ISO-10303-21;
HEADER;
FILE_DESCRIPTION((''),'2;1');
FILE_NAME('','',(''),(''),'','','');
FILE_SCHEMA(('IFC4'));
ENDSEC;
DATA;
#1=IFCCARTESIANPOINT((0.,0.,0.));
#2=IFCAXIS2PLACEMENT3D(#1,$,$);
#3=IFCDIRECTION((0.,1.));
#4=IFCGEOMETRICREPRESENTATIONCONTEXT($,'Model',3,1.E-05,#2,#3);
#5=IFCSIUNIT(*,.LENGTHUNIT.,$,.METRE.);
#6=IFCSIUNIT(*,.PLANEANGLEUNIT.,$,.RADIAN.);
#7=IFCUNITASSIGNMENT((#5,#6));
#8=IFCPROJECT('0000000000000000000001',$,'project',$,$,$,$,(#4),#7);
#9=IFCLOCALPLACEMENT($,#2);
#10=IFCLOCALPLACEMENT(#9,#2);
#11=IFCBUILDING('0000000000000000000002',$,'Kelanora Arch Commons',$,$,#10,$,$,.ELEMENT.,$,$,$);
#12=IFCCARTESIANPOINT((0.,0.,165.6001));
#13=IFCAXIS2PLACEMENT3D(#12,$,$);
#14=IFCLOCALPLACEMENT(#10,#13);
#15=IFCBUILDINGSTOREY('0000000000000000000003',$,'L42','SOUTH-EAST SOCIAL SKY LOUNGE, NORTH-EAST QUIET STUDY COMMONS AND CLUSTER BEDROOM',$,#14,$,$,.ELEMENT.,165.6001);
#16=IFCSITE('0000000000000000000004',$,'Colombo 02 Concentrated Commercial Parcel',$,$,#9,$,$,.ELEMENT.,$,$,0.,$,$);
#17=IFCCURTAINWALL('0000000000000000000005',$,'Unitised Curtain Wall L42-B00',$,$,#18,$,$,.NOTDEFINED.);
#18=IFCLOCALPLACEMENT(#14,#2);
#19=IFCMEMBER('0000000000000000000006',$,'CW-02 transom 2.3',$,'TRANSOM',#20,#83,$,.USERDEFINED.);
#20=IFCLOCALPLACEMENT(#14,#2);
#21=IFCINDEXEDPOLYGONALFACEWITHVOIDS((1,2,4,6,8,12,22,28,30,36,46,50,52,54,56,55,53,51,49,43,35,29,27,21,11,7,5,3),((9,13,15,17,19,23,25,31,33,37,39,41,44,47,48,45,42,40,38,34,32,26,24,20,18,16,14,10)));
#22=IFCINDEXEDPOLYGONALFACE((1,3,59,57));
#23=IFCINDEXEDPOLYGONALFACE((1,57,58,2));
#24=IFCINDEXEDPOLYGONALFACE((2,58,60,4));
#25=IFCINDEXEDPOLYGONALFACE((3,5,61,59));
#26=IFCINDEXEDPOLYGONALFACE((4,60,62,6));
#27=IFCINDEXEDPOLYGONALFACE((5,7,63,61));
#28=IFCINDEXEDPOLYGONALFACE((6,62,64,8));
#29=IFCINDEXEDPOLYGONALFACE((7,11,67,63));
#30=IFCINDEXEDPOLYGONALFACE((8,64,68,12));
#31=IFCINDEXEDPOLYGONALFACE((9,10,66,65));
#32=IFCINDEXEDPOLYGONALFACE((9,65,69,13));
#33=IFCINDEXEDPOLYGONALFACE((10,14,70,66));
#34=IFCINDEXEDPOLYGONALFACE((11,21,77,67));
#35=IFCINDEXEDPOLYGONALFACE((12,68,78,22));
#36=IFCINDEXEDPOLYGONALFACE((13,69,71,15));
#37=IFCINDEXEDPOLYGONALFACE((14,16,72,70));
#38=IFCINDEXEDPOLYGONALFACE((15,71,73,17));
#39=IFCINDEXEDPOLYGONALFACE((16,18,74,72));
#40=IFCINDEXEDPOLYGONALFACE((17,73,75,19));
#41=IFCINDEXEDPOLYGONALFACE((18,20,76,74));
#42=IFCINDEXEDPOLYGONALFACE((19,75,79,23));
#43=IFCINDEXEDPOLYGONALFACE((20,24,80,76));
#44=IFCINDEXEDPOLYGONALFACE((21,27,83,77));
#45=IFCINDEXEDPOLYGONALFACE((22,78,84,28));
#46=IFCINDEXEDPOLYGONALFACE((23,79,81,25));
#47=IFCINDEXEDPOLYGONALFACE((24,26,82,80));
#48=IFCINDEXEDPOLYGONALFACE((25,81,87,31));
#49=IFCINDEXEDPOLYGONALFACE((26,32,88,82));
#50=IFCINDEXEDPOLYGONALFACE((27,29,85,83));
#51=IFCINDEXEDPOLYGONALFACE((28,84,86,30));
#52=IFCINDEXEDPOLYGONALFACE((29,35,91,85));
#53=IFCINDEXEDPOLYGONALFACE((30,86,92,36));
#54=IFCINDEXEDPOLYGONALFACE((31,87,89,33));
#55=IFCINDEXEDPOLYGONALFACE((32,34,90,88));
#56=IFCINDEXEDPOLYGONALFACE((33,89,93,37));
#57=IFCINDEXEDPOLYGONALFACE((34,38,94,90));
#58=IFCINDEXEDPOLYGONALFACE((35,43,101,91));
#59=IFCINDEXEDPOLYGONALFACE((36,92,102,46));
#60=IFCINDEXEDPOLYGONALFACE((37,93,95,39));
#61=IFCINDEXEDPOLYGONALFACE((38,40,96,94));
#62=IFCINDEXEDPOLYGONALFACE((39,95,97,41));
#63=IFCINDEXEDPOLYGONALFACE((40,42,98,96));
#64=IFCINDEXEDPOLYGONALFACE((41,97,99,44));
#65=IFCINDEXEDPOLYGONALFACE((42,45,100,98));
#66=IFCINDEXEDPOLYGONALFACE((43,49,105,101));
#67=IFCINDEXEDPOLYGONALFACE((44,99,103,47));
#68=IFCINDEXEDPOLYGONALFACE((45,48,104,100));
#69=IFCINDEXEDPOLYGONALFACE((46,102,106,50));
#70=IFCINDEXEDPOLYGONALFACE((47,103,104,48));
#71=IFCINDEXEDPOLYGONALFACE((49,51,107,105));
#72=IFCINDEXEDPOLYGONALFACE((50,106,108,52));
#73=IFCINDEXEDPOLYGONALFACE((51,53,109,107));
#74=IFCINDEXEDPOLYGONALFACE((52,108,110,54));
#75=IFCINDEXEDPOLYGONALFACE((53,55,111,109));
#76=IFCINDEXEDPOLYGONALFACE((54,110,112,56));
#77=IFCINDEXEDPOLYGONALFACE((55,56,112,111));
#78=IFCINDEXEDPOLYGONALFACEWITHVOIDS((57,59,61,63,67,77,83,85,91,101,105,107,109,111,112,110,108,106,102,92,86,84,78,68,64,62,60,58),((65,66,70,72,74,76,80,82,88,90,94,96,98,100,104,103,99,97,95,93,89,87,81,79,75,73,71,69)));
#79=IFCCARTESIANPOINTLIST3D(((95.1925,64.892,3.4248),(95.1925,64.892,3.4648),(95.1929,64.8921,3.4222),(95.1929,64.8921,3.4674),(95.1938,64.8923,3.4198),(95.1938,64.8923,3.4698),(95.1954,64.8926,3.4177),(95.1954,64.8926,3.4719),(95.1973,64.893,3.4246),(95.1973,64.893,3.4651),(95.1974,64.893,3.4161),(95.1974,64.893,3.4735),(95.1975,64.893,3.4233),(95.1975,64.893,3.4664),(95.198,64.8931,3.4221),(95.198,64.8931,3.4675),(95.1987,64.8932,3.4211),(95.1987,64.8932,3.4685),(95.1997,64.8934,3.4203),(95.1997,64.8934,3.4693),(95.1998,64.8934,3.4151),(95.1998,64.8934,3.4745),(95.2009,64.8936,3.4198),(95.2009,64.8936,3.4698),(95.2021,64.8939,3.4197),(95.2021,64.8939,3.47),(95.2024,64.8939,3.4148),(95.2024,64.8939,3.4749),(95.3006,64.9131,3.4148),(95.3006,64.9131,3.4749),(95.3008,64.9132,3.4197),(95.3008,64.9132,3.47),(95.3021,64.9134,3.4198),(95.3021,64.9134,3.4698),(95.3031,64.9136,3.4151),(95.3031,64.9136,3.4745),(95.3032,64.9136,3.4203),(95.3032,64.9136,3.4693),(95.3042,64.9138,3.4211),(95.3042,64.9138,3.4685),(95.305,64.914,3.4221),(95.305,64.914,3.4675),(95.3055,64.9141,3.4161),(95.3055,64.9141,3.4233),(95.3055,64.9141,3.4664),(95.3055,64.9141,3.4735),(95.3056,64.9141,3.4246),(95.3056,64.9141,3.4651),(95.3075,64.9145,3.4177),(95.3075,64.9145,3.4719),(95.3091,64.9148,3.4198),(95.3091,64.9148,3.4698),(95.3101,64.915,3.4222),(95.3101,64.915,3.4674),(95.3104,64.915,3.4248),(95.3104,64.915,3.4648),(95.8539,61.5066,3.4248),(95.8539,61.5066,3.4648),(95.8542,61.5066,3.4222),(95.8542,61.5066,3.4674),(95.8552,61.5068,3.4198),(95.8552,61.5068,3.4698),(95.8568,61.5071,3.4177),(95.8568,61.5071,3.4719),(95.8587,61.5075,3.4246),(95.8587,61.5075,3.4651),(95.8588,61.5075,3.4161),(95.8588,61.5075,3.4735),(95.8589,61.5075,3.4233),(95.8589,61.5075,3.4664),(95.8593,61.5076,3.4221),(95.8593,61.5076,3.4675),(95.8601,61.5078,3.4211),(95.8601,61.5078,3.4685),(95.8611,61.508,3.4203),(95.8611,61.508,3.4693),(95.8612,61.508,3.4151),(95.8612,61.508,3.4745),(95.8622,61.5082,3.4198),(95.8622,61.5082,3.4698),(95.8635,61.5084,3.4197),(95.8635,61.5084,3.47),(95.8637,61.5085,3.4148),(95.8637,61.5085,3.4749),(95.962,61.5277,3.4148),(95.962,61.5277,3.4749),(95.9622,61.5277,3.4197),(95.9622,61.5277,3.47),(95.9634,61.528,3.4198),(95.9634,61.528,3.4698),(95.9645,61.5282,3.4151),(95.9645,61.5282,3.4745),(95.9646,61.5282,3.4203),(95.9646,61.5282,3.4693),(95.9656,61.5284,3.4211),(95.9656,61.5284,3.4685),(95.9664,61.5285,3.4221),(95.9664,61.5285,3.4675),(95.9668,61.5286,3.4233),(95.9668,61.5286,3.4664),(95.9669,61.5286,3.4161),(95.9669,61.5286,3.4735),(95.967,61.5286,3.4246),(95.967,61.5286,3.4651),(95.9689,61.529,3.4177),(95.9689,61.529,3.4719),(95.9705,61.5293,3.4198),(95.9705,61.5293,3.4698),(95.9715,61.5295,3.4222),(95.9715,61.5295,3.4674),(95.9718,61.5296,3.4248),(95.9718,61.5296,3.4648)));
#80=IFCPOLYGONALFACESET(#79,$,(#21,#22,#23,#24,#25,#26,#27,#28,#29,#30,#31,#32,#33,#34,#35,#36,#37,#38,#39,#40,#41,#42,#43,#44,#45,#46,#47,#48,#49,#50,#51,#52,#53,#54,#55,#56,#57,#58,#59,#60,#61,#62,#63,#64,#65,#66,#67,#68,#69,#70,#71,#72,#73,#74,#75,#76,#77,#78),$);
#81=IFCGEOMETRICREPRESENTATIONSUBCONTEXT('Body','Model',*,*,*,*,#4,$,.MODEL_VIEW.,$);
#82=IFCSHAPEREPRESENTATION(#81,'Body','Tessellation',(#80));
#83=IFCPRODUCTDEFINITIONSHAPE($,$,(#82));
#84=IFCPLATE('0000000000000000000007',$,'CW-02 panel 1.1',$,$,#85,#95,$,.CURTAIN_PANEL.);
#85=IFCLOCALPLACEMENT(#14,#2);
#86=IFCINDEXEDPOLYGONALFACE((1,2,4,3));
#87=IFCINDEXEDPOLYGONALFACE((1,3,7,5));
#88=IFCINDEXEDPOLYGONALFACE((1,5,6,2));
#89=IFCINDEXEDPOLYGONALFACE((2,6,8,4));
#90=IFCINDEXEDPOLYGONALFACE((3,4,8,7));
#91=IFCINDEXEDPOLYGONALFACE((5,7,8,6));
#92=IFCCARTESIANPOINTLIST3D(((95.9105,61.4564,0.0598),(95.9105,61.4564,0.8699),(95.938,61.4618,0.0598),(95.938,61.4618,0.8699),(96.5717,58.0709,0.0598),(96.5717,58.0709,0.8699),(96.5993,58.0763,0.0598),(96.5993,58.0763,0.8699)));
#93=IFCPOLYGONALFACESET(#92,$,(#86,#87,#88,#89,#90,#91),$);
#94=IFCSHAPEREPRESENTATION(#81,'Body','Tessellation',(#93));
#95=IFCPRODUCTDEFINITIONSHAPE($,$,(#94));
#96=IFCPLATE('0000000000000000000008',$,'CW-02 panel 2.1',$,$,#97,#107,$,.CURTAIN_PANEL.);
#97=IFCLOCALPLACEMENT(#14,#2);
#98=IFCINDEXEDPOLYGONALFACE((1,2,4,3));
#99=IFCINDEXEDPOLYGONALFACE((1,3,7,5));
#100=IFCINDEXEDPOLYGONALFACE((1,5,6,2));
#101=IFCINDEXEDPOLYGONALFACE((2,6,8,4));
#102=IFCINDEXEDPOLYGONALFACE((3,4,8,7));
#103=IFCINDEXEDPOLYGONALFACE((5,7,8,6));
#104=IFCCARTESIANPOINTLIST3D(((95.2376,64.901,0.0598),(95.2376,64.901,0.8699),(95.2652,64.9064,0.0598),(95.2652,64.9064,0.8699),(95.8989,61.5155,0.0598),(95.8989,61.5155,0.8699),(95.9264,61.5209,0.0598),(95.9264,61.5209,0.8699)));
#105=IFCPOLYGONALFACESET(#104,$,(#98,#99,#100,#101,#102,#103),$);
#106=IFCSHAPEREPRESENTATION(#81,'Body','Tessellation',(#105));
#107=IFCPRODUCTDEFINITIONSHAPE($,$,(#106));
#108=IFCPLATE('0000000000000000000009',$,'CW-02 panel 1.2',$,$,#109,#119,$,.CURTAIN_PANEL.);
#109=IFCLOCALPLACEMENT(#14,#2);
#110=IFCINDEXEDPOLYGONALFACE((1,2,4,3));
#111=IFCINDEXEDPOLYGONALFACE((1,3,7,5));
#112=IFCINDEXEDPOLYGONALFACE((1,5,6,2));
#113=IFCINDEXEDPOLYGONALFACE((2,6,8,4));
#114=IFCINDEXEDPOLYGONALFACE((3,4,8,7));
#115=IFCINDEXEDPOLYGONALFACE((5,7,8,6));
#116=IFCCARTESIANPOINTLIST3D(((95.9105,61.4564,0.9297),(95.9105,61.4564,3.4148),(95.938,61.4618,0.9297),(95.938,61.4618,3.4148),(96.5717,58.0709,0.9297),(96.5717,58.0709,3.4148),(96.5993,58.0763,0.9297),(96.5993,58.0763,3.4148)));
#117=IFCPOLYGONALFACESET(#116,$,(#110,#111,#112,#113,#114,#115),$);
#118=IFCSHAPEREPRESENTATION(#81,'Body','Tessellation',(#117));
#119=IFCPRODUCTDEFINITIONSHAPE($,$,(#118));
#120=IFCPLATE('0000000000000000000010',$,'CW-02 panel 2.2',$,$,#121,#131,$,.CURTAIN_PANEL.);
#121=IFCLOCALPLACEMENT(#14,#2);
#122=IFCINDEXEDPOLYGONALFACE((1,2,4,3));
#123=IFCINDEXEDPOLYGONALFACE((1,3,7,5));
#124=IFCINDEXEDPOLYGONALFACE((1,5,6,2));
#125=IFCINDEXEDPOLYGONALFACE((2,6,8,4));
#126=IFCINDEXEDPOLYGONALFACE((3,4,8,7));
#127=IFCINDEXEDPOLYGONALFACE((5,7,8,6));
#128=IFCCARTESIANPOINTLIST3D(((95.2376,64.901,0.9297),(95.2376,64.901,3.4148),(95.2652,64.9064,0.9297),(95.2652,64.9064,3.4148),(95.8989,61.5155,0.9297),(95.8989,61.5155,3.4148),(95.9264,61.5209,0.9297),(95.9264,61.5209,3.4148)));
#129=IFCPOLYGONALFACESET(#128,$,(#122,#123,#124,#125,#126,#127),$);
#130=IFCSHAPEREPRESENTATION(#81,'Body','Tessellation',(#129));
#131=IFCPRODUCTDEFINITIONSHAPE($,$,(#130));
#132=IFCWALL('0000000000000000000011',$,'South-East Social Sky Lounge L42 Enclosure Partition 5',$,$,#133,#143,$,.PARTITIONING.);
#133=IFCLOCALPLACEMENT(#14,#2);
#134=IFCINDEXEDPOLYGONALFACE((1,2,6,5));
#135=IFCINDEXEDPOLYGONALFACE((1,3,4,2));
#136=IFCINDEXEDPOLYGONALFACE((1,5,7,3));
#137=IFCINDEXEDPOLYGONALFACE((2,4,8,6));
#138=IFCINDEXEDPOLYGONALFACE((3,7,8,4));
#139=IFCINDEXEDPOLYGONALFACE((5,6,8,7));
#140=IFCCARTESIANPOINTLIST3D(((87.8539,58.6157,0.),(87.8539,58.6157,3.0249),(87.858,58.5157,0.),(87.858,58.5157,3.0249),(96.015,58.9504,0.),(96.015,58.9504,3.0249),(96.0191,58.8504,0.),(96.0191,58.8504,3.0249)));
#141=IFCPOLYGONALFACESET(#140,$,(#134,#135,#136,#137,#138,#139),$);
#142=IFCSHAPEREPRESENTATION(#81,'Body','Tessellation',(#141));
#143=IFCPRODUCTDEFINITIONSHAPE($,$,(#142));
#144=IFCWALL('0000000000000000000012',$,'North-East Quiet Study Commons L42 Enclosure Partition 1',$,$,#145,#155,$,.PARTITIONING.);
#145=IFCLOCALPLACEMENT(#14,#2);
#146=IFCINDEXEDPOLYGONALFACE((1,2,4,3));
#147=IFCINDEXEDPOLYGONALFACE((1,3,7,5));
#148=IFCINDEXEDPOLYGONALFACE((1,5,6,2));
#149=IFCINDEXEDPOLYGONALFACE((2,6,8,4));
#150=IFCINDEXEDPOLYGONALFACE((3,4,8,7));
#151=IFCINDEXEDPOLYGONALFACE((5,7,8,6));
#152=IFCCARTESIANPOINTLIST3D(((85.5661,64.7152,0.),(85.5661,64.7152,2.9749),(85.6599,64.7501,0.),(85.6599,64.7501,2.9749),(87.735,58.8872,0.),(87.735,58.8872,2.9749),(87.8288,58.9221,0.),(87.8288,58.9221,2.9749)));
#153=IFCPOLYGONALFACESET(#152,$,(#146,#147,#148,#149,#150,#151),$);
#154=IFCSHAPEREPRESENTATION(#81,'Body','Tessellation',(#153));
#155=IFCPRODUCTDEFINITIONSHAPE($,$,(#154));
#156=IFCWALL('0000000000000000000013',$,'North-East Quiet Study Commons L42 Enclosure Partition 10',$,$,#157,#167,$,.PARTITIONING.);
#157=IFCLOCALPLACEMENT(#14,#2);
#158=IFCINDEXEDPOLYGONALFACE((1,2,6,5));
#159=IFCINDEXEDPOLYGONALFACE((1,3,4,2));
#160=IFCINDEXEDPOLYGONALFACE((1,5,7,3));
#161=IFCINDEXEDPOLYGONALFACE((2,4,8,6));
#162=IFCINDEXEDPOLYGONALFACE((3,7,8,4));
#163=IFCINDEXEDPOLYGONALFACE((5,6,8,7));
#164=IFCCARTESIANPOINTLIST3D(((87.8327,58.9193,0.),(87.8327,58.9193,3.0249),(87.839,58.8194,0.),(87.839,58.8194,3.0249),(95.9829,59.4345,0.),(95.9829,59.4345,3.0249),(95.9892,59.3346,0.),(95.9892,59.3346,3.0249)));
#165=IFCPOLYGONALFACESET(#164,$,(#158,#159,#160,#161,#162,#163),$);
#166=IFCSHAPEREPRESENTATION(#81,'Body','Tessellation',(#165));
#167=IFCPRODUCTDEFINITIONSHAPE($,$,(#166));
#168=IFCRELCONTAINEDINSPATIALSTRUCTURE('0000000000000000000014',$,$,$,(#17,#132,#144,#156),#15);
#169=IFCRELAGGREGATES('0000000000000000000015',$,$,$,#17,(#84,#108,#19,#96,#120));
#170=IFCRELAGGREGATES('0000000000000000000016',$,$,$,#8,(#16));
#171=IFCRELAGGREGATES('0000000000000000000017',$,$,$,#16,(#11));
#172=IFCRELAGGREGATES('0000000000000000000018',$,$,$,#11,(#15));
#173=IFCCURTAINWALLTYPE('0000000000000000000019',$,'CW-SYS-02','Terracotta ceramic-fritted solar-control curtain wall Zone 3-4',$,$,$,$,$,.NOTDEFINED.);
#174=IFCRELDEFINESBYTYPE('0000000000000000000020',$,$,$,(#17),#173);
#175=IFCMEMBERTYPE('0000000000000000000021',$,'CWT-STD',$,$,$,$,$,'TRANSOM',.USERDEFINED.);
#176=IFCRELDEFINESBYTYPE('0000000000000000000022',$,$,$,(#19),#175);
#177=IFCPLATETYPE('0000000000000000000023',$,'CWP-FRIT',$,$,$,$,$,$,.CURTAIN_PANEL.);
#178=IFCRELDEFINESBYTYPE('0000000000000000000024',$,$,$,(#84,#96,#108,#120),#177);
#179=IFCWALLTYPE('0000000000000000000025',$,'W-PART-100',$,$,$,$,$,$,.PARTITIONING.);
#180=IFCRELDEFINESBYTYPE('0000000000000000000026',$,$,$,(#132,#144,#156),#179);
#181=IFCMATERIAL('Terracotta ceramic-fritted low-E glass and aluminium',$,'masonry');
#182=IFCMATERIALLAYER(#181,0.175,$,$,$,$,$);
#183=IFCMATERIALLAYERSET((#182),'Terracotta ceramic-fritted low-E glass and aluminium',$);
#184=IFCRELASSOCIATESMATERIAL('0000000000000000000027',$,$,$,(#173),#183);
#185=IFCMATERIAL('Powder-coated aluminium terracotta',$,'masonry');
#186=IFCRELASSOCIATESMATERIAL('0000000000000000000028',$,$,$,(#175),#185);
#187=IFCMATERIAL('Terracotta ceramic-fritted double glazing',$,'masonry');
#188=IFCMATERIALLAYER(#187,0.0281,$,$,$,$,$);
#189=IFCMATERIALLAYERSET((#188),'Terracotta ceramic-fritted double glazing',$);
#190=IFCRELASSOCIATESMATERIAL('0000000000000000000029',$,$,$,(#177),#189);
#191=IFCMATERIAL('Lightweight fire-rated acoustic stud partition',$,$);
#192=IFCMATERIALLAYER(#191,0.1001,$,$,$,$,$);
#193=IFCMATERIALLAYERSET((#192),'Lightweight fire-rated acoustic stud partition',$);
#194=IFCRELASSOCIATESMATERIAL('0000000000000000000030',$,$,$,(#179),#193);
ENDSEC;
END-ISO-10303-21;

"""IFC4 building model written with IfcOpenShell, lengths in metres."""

from ifc_helpers import new_model, si_unit, direction, frame, frame_2d, origin, origin_2d, place, context, subcontext, project, spatial, rectangle, hollow_rectangle, extrude, source, transform, mapped, material, layer, layer_set, material_profile, profile_set, type_object, element, aggregate, save


model = new_model("IFC4")

# Units and contexts
model_context = context("Model", 3, precision=1e-05, world=origin(), true_north=direction((0.0, 1.0)))
body_context = subcontext(model_context, "Body", "Model", "MODEL_VIEW")
ifc_project = project(units=[si_unit("LENGTHUNIT", "METRE"), si_unit("PLANEANGLEUNIT", "RADIAN")], contexts=[model_context])

# Site, building, storey
site_placement = place(None, origin())
site = spatial("IfcSite", under=ifc_project, at=site_placement, Name="Colombo 02 Concentrated Commercial Parcel", CompositionType="ELEMENT", RefElevation=0.0)
building_placement = place(site_placement, origin())
building = spatial("IfcBuilding", under=site, at=building_placement, Name="Kelanora Arch Commons", CompositionType="ELEMENT")
storey_placement = place(building_placement, frame((0.0, 0.0, 165.6001)))
storey = spatial("IfcBuildingStorey", under=building, at=storey_placement, Name="L42", Description="SOUTH-EAST SOCIAL SKY LOUNGE, NORTH-EAST QUIET STUDY COMMONS AND CLUSTER BEDROOM", CompositionType="ELEMENT", Elevation=165.6001)

# Curtain wall, member, plates
ifc_material_1 = material(Name="Terracotta ceramic-fritted low-E glass and aluminium", Category="masonry")
ifc_layer_1 = layer(ifc_material_1, 0.175)
ifc_layer_set_1 = layer_set([ifc_layer_1], Name="Terracotta ceramic-fritted low-E glass and aluminium")
curtain_wall_type = type_object("IfcCurtainWallType", Name="CW-SYS-02", Description="Terracotta ceramic-fritted solar-control curtain wall Zone 3-4", PredefinedType="NOTDEFINED", material=ifc_layer_set_1)
curtain_wall_placement = place(storey_placement, origin())
curtain_wall = element("IfcCurtainWall", 1, at=curtain_wall_placement, inside=storey, type_object=curtain_wall_type, Name="Unitised Curtain Wall L42-B00", PredefinedType="NOTDEFINED")
ifc_material_2 = material(Name="Powder-coated aluminium terracotta", Category="masonry")
ifc_material_profile_1 = material_profile(ifc_material_2, hollow_rectangle(XDim=0.1201, YDim=0.0601, WallThickness=0.0049, InnerFilletRadius=0.0049, OuterFilletRadius=0.01, at=origin_2d()), Name="CWT120x60")
ifc_profile_set_1 = profile_set([ifc_material_profile_1], Name="Powder-coated aluminium terracotta")
member_type_1 = type_object("IfcMemberType", Name="CWT-STD", ElementType="TRANSOM", PredefinedType="USERDEFINED", material=ifc_profile_set_1)
member_1_placement = place(storey_placement, frame((95.9128, 61.5181, 3.4448), z_axis=(-0.191732, 0.981447, 0.0), x_axis=(-0.981447, -0.191732, 0.0)))
member_1 = element("IfcMember", 2, at=member_1_placement, type_object=member_type_1, Name="CW-02 transom 2.3", ObjectType="TRANSOM", PredefinedType="USERDEFINED", context=body_context, shape_type="SweptSolid", body=[
    extrude(hollow_rectangle(XDim=0.1201, YDim=0.0601, WallThickness=0.0049, InnerFilletRadius=0.0049, OuterFilletRadius=0.01, at=origin_2d()), origin(), (0.0, 0.0, 1.0), 3.4495),
])
ifc_material_3 = material(Name="Terracotta ceramic-fritted double glazing", Category="masonry")
ifc_layer_2 = layer(ifc_material_3, 0.0281)
ifc_layer_set_2 = layer_set([ifc_layer_2], Name="Terracotta ceramic-fritted double glazing")
plate_type = type_object("IfcPlateType", Name="CWP-FRIT", PredefinedType="CURTAIN_PANEL", material=ifc_layer_set_2)
shared_shape_1 = source(origin(), body_context, "Body", "SweptSolid", [
    extrude(rectangle(XDim=3.4495, YDim=0.0281, at=origin_2d()), origin(), (0.0, 0.0, 1.0), 0.8101),
])
plate_1_placement = place(storey_placement, frame((96.2549, 59.7664, 0.0598), z_axis=(0.0, 0.0, 1.0), x_axis=(-0.191705, 0.981453, 0.0)))
plate_1 = element("IfcPlate", 3, at=plate_1_placement, type_object=plate_type, Name="CW-02 panel 1.1", PredefinedType="CURTAIN_PANEL", context=body_context, shape_type="MappedRepresentation", body=[
    mapped(shared_shape_1, transform((0.0, 0.0, 0.0), scale=1.0)),
])
plate_2_placement = place(storey_placement, frame((95.582, 63.2109, 0.0598), z_axis=(0.0, 0.0, 1.0), x_axis=(-0.191705, 0.981453, 0.0)))
plate_2 = element("IfcPlate", 4, at=plate_2_placement, type_object=plate_type, Name="CW-02 panel 2.1", PredefinedType="CURTAIN_PANEL", context=body_context, shape_type="MappedRepresentation", body=[
    mapped(shared_shape_1, transform((0.0, 0.0, 0.0), scale=1.0)),
])
shared_shape_2 = source(origin(), body_context, "Body", "SweptSolid", [
    extrude(rectangle(XDim=3.4495, YDim=0.0281, at=origin_2d()), origin(), (0.0, 0.0, 1.0), 2.4851),
])
plate_3_placement = place(storey_placement, frame((96.2549, 59.7664, 0.9297), z_axis=(0.0, 0.0, 1.0), x_axis=(-0.191705, 0.981453, 0.0)))
plate_3 = element("IfcPlate", 5, at=plate_3_placement, type_object=plate_type, Name="CW-02 panel 1.2", PredefinedType="CURTAIN_PANEL", context=body_context, shape_type="MappedRepresentation", body=[
    mapped(shared_shape_2, transform((0.0, 0.0, 0.0), scale=1.0)),
])
plate_4_placement = place(storey_placement, frame((95.582, 63.2109, 0.9297), z_axis=(0.0, 0.0, 1.0), x_axis=(-0.191705, 0.981453, 0.0)))
plate_4 = element("IfcPlate", 6, at=plate_4_placement, type_object=plate_type, Name="CW-02 panel 2.2", PredefinedType="CURTAIN_PANEL", context=body_context, shape_type="MappedRepresentation", body=[
    mapped(shared_shape_2, transform((0.0, 0.0, 0.0), scale=1.0)),
])
aggregate(curtain_wall, [plate_1, plate_3, member_1, plate_2, plate_4])

# Walls
ifc_material_4 = material(Name="Lightweight fire-rated acoustic stud partition")
ifc_layer_3 = layer(ifc_material_4, 0.1001)
ifc_layer_set_3 = layer_set([ifc_layer_3], Name="Lightweight fire-rated acoustic stud partition")
wall_type = type_object("IfcWallType", Name="W-PART-100", PredefinedType="PARTITIONING", material=ifc_layer_set_3)
wall_1_placement = place(storey_placement, frame((87.856, 58.5657, 0.0), z_axis=(0.0, 0.0, 1.0), x_axis=(0.99916, 0.040979, 0.0)))
element("IfcWall", 7, at=wall_1_placement, inside=storey, type_object=wall_type, Name="South-East Social Sky Lounge L42 Enclosure Partition 5", PredefinedType="PARTITIONING", context=body_context, shape_type="SweptSolid", body=[
    extrude(rectangle(XDim=8.168, YDim=0.1001, at=frame_2d((4.084, 0.0))), origin(), (0.0, 0.0, 1.0), 3.0249),
])
wall_2_placement = place(storey_placement, frame((87.782, 58.9045, 0.0), z_axis=(0.0, 0.0, 1.0), x_axis=(-0.348795, 0.937199, 0.0)))
element("IfcWall", 8, at=wall_2_placement, inside=storey, type_object=wall_type, Name="North-East Quiet Study Commons L42 Enclosure Partition 1", PredefinedType="PARTITIONING", context=body_context, shape_type="SweptSolid", body=[
    extrude(rectangle(XDim=6.2185, YDim=0.1001, at=frame_2d((3.1094, 0.0))), origin(), (0.0, 0.0, 1.0), 2.9749),
])
wall_3_placement = place(storey_placement, frame((95.9861, 59.3845, 0.0), z_axis=(0.0, 0.0, 1.0), x_axis=(-0.998008, -0.06308, 0.0)))
element("IfcWall", 9, at=wall_3_placement, inside=storey, type_object=wall_type, Name="North-East Quiet Study Commons L42 Enclosure Partition 10", PredefinedType="PARTITIONING", context=body_context, shape_type="SweptSolid", body=[
    extrude(rectangle(XDim=8.1665, YDim=0.1001, at=frame_2d((4.0833, 0.0))), origin(), (0.0, 0.0, 1.0), 3.0249),
])

save(model, "model.ifc")
